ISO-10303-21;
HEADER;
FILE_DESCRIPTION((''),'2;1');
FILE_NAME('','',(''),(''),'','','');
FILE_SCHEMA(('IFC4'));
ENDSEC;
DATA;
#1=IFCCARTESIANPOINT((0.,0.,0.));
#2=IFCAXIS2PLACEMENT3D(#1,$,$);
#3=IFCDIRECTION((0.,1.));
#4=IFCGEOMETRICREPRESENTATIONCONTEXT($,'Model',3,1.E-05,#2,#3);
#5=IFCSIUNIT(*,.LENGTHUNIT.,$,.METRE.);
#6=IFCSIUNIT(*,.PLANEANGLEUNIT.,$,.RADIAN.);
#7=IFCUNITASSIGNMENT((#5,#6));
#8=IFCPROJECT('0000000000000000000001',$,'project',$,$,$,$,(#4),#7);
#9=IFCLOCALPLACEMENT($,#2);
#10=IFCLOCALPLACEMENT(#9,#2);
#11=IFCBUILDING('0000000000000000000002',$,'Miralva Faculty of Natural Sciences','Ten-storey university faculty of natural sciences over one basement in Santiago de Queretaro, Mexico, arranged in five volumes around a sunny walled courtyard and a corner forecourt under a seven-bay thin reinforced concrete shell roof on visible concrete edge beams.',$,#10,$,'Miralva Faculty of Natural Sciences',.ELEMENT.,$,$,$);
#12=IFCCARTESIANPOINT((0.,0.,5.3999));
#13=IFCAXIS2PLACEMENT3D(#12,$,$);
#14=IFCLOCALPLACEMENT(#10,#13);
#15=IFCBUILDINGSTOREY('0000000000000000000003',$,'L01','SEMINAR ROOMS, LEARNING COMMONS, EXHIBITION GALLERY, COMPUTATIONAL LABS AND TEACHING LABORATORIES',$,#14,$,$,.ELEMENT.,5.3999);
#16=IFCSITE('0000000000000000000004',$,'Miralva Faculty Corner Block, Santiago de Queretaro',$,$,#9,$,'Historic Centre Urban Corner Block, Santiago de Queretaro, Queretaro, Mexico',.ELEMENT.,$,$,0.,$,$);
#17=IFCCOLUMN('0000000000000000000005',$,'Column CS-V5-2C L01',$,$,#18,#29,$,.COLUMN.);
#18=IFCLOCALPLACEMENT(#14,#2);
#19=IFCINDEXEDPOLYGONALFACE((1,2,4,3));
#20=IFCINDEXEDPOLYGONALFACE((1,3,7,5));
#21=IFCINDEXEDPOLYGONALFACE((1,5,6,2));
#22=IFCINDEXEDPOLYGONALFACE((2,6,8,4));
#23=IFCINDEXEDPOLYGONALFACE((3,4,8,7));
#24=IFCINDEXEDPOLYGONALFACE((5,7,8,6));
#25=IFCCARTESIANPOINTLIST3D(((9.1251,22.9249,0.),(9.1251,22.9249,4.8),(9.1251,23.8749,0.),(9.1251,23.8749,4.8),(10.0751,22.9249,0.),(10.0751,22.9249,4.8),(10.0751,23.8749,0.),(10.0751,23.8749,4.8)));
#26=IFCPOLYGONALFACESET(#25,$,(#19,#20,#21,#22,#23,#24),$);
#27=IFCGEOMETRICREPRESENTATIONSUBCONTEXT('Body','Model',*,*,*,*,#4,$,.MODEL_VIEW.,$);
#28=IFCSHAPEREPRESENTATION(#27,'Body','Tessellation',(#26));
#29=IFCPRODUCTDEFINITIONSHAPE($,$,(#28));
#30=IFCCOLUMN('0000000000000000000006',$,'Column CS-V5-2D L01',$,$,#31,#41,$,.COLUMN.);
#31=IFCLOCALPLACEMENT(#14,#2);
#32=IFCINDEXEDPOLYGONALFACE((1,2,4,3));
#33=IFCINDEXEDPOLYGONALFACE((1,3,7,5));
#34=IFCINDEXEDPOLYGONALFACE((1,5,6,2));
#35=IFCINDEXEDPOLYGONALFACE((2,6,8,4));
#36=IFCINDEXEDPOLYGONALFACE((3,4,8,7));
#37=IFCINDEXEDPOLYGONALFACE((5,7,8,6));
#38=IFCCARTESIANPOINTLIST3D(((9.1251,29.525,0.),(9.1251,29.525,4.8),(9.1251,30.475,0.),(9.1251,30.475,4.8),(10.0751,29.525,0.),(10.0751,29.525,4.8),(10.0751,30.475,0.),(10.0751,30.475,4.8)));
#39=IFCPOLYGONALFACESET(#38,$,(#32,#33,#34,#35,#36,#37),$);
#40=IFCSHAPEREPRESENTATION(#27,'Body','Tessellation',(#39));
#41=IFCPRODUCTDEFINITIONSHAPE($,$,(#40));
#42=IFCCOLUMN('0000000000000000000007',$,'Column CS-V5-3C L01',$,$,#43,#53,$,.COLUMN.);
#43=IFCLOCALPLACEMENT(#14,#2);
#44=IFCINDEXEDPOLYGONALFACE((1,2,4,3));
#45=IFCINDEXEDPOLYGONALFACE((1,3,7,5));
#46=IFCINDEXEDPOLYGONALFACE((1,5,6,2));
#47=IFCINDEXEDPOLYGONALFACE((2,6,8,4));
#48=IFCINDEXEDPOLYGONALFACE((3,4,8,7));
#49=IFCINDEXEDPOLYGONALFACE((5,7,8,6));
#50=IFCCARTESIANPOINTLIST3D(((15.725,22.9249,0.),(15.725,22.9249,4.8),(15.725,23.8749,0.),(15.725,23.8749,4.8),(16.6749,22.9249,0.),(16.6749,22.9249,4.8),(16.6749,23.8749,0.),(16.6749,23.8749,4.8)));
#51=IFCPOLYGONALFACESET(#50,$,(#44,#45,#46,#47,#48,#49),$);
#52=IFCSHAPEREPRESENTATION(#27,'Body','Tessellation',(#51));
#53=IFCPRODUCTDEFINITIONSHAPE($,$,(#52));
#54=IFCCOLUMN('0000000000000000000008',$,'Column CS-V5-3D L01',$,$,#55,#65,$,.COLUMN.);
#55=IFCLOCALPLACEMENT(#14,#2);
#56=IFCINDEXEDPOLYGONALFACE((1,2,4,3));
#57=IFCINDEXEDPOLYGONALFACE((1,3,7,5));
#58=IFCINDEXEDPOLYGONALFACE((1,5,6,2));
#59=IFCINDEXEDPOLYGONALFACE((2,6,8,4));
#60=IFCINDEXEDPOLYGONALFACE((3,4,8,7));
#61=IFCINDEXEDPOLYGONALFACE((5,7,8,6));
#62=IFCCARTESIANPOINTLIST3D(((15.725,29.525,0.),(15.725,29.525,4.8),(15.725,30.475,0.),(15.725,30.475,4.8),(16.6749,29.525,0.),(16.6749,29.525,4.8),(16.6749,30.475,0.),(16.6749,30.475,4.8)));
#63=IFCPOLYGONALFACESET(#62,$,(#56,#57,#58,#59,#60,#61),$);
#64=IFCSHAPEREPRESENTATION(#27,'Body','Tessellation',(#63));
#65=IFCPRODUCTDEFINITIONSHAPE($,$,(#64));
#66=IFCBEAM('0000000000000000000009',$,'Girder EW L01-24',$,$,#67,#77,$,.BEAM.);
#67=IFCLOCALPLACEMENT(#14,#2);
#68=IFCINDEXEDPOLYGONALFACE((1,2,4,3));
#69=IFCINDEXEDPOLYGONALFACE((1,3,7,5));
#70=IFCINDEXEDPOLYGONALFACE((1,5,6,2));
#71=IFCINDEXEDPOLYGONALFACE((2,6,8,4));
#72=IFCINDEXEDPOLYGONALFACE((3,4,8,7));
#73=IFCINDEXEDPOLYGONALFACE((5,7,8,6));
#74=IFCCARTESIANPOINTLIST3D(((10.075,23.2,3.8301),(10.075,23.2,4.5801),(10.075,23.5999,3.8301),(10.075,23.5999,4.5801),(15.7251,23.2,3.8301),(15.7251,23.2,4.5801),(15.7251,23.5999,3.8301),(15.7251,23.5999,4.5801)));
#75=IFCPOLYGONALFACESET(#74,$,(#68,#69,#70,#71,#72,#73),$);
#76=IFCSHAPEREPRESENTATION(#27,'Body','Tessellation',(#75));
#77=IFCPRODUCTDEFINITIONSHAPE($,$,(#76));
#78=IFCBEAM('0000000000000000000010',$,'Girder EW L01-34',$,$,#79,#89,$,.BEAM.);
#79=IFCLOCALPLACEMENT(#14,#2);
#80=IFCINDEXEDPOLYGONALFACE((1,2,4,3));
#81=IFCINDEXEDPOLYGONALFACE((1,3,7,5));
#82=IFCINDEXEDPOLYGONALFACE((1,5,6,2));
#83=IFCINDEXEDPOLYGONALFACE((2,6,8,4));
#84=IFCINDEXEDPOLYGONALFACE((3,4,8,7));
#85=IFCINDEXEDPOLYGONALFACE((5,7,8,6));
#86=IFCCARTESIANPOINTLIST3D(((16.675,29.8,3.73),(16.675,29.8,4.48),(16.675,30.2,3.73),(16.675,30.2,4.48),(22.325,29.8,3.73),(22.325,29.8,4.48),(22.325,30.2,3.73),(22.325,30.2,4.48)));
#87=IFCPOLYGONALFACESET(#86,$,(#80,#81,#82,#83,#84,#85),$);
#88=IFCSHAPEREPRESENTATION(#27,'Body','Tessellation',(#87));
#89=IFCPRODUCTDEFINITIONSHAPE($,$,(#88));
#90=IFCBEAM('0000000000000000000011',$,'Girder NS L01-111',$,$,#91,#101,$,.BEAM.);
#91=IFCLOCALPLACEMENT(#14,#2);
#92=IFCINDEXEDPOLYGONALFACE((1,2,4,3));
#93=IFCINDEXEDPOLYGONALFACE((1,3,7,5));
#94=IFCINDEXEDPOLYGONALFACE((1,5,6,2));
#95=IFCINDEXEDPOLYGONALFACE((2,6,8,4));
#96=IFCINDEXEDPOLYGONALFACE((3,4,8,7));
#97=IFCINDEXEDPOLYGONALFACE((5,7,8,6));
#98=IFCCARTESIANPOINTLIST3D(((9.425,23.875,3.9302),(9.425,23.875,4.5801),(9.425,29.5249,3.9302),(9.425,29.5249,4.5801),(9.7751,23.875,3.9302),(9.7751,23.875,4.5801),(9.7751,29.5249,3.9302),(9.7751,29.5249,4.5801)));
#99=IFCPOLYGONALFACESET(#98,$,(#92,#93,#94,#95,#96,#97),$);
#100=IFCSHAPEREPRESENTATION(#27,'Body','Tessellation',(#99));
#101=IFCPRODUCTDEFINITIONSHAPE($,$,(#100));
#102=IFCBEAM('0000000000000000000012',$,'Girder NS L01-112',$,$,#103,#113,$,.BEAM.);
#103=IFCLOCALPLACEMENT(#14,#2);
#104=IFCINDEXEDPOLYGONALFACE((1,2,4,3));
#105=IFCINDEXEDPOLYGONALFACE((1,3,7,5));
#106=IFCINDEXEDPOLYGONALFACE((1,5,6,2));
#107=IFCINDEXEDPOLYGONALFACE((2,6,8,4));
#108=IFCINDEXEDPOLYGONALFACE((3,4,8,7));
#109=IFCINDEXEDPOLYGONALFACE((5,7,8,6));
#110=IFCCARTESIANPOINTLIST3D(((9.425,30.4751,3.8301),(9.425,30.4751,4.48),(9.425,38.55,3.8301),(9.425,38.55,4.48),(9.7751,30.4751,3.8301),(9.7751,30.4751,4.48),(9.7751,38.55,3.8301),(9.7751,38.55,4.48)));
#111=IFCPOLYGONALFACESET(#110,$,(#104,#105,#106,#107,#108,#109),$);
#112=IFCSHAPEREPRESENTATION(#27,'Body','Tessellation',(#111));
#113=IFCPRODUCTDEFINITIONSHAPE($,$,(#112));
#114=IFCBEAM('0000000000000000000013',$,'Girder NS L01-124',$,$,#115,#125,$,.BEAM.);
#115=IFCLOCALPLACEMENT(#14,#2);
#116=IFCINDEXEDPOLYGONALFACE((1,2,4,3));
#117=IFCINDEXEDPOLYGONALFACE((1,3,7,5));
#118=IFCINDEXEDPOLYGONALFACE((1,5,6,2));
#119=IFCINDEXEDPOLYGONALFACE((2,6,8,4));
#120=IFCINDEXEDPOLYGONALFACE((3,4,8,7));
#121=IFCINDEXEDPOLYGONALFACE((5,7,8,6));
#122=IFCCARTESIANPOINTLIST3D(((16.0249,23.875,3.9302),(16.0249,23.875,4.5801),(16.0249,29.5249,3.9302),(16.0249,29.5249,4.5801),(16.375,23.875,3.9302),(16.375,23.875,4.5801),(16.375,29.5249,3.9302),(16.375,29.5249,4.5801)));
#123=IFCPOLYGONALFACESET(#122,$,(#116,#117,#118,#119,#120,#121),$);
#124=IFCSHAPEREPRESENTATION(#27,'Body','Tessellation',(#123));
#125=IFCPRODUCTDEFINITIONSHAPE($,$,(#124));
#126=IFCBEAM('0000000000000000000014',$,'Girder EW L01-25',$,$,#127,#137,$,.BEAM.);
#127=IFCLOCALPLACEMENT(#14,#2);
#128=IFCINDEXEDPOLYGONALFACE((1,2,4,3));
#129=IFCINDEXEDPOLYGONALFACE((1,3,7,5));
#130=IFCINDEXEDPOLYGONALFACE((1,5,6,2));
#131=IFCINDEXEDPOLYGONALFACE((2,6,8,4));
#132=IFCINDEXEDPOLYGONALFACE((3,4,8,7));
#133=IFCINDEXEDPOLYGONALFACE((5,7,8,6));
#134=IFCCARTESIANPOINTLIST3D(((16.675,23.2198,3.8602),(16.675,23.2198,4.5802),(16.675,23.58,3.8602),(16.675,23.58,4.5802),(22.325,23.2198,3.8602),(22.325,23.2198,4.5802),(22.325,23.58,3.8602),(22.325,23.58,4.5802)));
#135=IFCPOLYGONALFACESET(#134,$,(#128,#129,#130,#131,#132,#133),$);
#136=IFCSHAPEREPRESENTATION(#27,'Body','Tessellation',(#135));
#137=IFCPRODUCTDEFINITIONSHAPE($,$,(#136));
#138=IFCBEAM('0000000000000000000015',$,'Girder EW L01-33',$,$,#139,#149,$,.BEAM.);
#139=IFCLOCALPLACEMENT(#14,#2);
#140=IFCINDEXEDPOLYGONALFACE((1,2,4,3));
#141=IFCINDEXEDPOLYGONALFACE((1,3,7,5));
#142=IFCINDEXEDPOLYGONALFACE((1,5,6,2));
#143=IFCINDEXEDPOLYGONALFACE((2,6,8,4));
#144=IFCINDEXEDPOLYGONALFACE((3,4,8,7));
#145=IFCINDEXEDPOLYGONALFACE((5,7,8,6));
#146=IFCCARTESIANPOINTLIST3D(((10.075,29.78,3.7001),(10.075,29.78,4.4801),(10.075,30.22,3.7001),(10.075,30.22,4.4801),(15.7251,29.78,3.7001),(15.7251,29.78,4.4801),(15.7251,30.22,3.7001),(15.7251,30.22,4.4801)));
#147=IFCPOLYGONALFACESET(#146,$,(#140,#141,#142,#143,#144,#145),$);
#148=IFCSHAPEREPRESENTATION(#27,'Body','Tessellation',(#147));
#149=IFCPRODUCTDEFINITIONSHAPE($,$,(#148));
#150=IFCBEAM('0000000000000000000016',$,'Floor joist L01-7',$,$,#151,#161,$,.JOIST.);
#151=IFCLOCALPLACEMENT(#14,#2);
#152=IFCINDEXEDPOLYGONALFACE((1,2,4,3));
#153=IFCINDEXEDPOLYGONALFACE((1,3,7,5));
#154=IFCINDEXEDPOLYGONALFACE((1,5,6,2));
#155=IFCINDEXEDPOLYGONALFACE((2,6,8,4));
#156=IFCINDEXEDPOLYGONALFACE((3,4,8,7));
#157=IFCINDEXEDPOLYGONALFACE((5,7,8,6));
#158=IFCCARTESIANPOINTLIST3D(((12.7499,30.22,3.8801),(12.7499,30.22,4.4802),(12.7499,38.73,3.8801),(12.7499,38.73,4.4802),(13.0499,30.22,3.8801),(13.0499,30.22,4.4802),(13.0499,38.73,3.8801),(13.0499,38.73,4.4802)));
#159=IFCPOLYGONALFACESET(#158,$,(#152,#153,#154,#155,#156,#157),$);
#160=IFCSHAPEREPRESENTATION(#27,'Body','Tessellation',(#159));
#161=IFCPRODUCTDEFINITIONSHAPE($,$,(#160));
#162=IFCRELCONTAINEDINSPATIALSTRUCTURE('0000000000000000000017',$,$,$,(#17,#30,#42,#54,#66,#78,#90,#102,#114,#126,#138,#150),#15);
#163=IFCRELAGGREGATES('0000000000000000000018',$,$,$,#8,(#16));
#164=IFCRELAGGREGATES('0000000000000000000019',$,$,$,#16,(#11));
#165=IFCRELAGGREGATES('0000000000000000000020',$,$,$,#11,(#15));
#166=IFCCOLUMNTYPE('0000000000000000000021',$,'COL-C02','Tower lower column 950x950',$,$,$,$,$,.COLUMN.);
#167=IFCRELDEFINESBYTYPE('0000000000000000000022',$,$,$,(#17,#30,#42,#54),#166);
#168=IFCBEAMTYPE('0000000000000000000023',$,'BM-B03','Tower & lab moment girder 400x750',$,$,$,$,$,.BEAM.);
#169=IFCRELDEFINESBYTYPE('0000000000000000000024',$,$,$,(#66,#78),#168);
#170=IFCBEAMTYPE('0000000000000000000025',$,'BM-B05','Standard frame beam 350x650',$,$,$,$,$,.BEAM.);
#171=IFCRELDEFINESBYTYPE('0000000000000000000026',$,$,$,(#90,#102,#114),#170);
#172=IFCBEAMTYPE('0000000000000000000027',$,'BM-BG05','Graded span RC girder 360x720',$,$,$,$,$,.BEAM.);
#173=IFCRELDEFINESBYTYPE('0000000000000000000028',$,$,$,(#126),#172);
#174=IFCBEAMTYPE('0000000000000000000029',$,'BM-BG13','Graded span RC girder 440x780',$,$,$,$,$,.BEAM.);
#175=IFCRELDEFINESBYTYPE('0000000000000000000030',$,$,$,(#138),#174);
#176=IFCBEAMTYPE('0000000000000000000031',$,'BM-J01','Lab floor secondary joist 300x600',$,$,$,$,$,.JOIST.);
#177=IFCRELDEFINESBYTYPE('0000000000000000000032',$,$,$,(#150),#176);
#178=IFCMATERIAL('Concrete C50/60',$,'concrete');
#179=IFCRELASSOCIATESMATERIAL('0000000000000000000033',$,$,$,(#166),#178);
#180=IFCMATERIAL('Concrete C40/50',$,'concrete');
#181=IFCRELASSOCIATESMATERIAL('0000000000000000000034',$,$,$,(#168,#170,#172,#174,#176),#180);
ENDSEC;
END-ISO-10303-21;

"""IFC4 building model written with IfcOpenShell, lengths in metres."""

from ifc_helpers import new_model, si_unit, direction, frame, origin, origin_2d, place, context, subcontext, project, spatial, rectangle, extrude, material, material_profile, profile_set, type_object, element, save


model = new_model("IFC4")

# Units and contexts
model_context = context("Model", 3, precision=1e-05, world=origin(), true_north=direction((0.0, 1.0)))
body_context = subcontext(model_context, "Body", "Model", "MODEL_VIEW")
ifc_project = project(units=[si_unit("LENGTHUNIT", "METRE"), si_unit("PLANEANGLEUNIT", "RADIAN")], contexts=[model_context])

# Site, building, storey
site_placement = place(None, origin())
site = spatial("IfcSite", under=ifc_project, at=site_placement, Name="Miralva Faculty Corner Block, Santiago de Queretaro", LongName="Historic Centre Urban Corner Block, Santiago de Queretaro, Queretaro, Mexico", CompositionType="ELEMENT", RefElevation=0.0)
building_placement = place(site_placement, origin())
building = spatial("IfcBuilding", under=site, at=building_placement, Name="Miralva Faculty of Natural Sciences", Description="Ten-storey university faculty of natural sciences over one basement in Santiago de Queretaro, Mexico, arranged in five volumes around a sunny walled courtyard and a corner forecourt under a seven-bay thin reinforced concrete shell roof on visible concrete edge beams.", LongName="Miralva Faculty of Natural Sciences", CompositionType="ELEMENT")
storey_placement = place(building_placement, frame((0.0, 0.0, 5.3999)))
storey = spatial("IfcBuildingStorey", under=building, at=storey_placement, Name="L01", Description="SEMINAR ROOMS, LEARNING COMMONS, EXHIBITION GALLERY, COMPUTATIONAL LABS AND TEACHING LABORATORIES", CompositionType="ELEMENT", Elevation=5.3999)

# Columns
ifc_material_1 = material(Name="Concrete C50/60", Category="concrete")
ifc_material_profile_1 = material_profile(ifc_material_1, rectangle(XDim=0.95, YDim=0.95, at=origin_2d()), Name="RC 950x950")
ifc_profile_set_1 = profile_set([ifc_material_profile_1], Name="Concrete C50/60")
column_type = type_object("IfcColumnType", Name="COL-C02", Description="Tower lower column 950x950", PredefinedType="COLUMN", material=ifc_profile_set_1)
for number, where, z_axis, x_axis, name in (
    (1, (9.6001, 23.3999, 0.0), (0.0, 0.0, 1.0), (1.0, 0.0, 0.0), "Column CS-V5-2C L01"),
    (2, (9.6001, 30.0, 0.0), (0.0, 0.0, 1.0), (1.0, 0.0, 0.0), "Column CS-V5-2D L01"),
    (3, (16.2, 23.3999, 0.0), (0.0, 0.0, 1.0), (1.0, 0.0, 0.0), "Column CS-V5-3C L01"),
    (4, (16.2, 30.0, 0.0), (0.0, 0.0, 1.0), (1.0, 0.0, 0.0), "Column CS-V5-3D L01"),
):
    element("IfcColumn", number, at=place(storey_placement, frame(where, z_axis=z_axis, x_axis=x_axis)), inside=storey, type_object=column_type, Name=name, PredefinedType="COLUMN", context=body_context, shape_type="SweptSolid", body=[
        extrude(rectangle(XDim=0.95, YDim=0.95, at=origin_2d()), origin(), (0.0, 0.0, 1.0), 4.8),
    ])

# Beams
ifc_material_2 = material(Name="Concrete C40/50", Category="concrete")
ifc_material_profile_2 = material_profile(ifc_material_2, rectangle(XDim=0.3999, YDim=0.75, at=origin_2d()), Name="RC 400x750")
ifc_profile_set_2 = profile_set([ifc_material_profile_2], Name="Concrete C40/50")
beam_type_1 = type_object("IfcBeamType", Name="BM-B03", Description="Tower & lab moment girder 400x750", PredefinedType="BEAM", material=ifc_profile_set_2)
beam_1_placement = place(storey_placement, frame((10.075, 23.3999, 4.2051), z_axis=(1.0, 0.0, 0.0), x_axis=(0.0, 1.0, 0.0)))
element("IfcBeam", 5, at=beam_1_placement, inside=storey, type_object=beam_type_1, Name="Girder EW L01-24", PredefinedType="BEAM", context=body_context, shape_type="SweptSolid", body=[
    extrude(rectangle(XDim=0.3999, YDim=0.75, at=origin_2d()), origin(), (0.0, 0.0, 1.0), 5.6501),
])
beam_2_placement = place(storey_placement, frame((16.675, 30.0, 4.105), z_axis=(1.0, 0.0, 0.0), x_axis=(0.0, 1.0, 0.0)))
element("IfcBeam", 6, at=beam_2_placement, inside=storey, type_object=beam_type_1, Name="Girder EW L01-34", PredefinedType="BEAM", context=body_context, shape_type="SweptSolid", body=[
    extrude(rectangle(XDim=0.3999, YDim=0.75, at=origin_2d()), origin(), (0.0, 0.0, 1.0), 5.6499),
])
ifc_material_profile_3 = material_profile(ifc_material_2, rectangle(XDim=0.3501, YDim=0.6499, at=origin_2d()), Name="RC 350x650")
ifc_profile_set_3 = profile_set([ifc_material_profile_3], Name="Concrete C40/50")
beam_type_2 = type_object("IfcBeamType", Name="BM-B05", Description="Standard frame beam 350x650", PredefinedType="BEAM", material=ifc_profile_set_3)
beam_3_placement = place(storey_placement, frame((9.6001, 23.875, 4.2551), z_axis=(0.0, 1.0, 0.0), x_axis=(-1.0, 0.0, 0.0)))
element("IfcBeam", 7, at=beam_3_placement, inside=storey, type_object=beam_type_2, Name="Girder NS L01-111", PredefinedType="BEAM", context=body_context, shape_type="SweptSolid", body=[
    extrude(rectangle(XDim=0.3501, YDim=0.6499, at=origin_2d()), origin(), (0.0, 0.0, 1.0), 5.6499),
])
beam_4_placement = place(storey_placement, frame((9.6001, 30.4751, 4.155), z_axis=(0.0, 1.0, 0.0), x_axis=(-1.0, 0.0, 0.0)))
element("IfcBeam", 8, at=beam_4_placement, inside=storey, type_object=beam_type_2, Name="Girder NS L01-112", PredefinedType="BEAM", context=body_context, shape_type="SweptSolid", body=[
    extrude(rectangle(XDim=0.3501, YDim=0.6499, at=origin_2d()), origin(), (0.0, 0.0, 1.0), 8.075),
])
beam_5_placement = place(storey_placement, frame((16.2, 23.875, 4.2551), z_axis=(0.0, 1.0, 0.0), x_axis=(-1.0, 0.0, 0.0)))
element("IfcBeam", 9, at=beam_5_placement, inside=storey, type_object=beam_type_2, Name="Girder NS L01-124", PredefinedType="BEAM", context=body_context, shape_type="SweptSolid", body=[
    extrude(rectangle(XDim=0.3501, YDim=0.6499, at=origin_2d()), origin(), (0.0, 0.0, 1.0), 5.6499),
])
ifc_material_profile_4 = material_profile(ifc_material_2, rectangle(XDim=0.3601, YDim=0.72, at=origin_2d()), Name="RC 360x720")
ifc_profile_set_4 = profile_set([ifc_material_profile_4], Name="Concrete C40/50")
beam_type_3 = type_object("IfcBeamType", Name="BM-BG05", Description="Graded span RC girder 360x720", PredefinedType="BEAM", material=ifc_profile_set_4)
beam_6_placement = place(storey_placement, frame((16.675, 23.3999, 4.2202), z_axis=(1.0, 0.0, 0.0), x_axis=(0.0, 1.0, 0.0)))
element("IfcBeam", 10, at=beam_6_placement, inside=storey, type_object=beam_type_3, Name="Girder EW L01-25", PredefinedType="BEAM", context=body_context, shape_type="SweptSolid", body=[
    extrude(rectangle(XDim=0.3601, YDim=0.72, at=origin_2d()), origin(), (0.0, 0.0, 1.0), 5.6499),
])
ifc_material_profile_5 = material_profile(ifc_material_2, rectangle(XDim=0.4399, YDim=0.78, at=origin_2d()), Name="RC 440x780")
ifc_profile_set_5 = profile_set([ifc_material_profile_5], Name="Concrete C40/50")
beam_type_4 = type_object("IfcBeamType", Name="BM-BG13", Description="Graded span RC girder 440x780", PredefinedType="BEAM", material=ifc_profile_set_5)
beam_7_placement = place(storey_placement, frame((10.075, 30.0, 4.0901), z_axis=(1.0, 0.0, 0.0), x_axis=(0.0, 1.0, 0.0)))
element("IfcBeam", 11, at=beam_7_placement, inside=storey, type_object=beam_type_4, Name="Girder EW L01-33", PredefinedType="BEAM", context=body_context, shape_type="SweptSolid", body=[
    extrude(rectangle(XDim=0.4399, YDim=0.78, at=origin_2d()), origin(), (0.0, 0.0, 1.0), 5.6501),
])
ifc_material_profile_6 = material_profile(ifc_material_2, rectangle(XDim=0.3, YDim=0.6001, at=origin_2d()), Name="RC 300x600")
ifc_profile_set_6 = profile_set([ifc_material_profile_6], Name="Concrete C40/50")
beam_type_5 = type_object("IfcBeamType", Name="BM-J01", Description="Lab floor secondary joist 300x600", PredefinedType="JOIST", material=ifc_profile_set_6)
beam_8_placement = place(storey_placement, frame((12.8999, 30.22, 4.1802), z_axis=(0.0, 1.0, 0.0), x_axis=(-1.0, 0.0, 0.0)))
element("IfcBeam", 12, at=beam_8_placement, inside=storey, type_object=beam_type_5, Name="Floor joist L01-7", PredefinedType="JOIST", context=body_context, shape_type="SweptSolid", body=[
    extrude(rectangle(XDim=0.3, YDim=0.6001, at=origin_2d()), origin(), (0.0, 0.0, 1.0), 8.51),
])

save(model, "model.ifc")
